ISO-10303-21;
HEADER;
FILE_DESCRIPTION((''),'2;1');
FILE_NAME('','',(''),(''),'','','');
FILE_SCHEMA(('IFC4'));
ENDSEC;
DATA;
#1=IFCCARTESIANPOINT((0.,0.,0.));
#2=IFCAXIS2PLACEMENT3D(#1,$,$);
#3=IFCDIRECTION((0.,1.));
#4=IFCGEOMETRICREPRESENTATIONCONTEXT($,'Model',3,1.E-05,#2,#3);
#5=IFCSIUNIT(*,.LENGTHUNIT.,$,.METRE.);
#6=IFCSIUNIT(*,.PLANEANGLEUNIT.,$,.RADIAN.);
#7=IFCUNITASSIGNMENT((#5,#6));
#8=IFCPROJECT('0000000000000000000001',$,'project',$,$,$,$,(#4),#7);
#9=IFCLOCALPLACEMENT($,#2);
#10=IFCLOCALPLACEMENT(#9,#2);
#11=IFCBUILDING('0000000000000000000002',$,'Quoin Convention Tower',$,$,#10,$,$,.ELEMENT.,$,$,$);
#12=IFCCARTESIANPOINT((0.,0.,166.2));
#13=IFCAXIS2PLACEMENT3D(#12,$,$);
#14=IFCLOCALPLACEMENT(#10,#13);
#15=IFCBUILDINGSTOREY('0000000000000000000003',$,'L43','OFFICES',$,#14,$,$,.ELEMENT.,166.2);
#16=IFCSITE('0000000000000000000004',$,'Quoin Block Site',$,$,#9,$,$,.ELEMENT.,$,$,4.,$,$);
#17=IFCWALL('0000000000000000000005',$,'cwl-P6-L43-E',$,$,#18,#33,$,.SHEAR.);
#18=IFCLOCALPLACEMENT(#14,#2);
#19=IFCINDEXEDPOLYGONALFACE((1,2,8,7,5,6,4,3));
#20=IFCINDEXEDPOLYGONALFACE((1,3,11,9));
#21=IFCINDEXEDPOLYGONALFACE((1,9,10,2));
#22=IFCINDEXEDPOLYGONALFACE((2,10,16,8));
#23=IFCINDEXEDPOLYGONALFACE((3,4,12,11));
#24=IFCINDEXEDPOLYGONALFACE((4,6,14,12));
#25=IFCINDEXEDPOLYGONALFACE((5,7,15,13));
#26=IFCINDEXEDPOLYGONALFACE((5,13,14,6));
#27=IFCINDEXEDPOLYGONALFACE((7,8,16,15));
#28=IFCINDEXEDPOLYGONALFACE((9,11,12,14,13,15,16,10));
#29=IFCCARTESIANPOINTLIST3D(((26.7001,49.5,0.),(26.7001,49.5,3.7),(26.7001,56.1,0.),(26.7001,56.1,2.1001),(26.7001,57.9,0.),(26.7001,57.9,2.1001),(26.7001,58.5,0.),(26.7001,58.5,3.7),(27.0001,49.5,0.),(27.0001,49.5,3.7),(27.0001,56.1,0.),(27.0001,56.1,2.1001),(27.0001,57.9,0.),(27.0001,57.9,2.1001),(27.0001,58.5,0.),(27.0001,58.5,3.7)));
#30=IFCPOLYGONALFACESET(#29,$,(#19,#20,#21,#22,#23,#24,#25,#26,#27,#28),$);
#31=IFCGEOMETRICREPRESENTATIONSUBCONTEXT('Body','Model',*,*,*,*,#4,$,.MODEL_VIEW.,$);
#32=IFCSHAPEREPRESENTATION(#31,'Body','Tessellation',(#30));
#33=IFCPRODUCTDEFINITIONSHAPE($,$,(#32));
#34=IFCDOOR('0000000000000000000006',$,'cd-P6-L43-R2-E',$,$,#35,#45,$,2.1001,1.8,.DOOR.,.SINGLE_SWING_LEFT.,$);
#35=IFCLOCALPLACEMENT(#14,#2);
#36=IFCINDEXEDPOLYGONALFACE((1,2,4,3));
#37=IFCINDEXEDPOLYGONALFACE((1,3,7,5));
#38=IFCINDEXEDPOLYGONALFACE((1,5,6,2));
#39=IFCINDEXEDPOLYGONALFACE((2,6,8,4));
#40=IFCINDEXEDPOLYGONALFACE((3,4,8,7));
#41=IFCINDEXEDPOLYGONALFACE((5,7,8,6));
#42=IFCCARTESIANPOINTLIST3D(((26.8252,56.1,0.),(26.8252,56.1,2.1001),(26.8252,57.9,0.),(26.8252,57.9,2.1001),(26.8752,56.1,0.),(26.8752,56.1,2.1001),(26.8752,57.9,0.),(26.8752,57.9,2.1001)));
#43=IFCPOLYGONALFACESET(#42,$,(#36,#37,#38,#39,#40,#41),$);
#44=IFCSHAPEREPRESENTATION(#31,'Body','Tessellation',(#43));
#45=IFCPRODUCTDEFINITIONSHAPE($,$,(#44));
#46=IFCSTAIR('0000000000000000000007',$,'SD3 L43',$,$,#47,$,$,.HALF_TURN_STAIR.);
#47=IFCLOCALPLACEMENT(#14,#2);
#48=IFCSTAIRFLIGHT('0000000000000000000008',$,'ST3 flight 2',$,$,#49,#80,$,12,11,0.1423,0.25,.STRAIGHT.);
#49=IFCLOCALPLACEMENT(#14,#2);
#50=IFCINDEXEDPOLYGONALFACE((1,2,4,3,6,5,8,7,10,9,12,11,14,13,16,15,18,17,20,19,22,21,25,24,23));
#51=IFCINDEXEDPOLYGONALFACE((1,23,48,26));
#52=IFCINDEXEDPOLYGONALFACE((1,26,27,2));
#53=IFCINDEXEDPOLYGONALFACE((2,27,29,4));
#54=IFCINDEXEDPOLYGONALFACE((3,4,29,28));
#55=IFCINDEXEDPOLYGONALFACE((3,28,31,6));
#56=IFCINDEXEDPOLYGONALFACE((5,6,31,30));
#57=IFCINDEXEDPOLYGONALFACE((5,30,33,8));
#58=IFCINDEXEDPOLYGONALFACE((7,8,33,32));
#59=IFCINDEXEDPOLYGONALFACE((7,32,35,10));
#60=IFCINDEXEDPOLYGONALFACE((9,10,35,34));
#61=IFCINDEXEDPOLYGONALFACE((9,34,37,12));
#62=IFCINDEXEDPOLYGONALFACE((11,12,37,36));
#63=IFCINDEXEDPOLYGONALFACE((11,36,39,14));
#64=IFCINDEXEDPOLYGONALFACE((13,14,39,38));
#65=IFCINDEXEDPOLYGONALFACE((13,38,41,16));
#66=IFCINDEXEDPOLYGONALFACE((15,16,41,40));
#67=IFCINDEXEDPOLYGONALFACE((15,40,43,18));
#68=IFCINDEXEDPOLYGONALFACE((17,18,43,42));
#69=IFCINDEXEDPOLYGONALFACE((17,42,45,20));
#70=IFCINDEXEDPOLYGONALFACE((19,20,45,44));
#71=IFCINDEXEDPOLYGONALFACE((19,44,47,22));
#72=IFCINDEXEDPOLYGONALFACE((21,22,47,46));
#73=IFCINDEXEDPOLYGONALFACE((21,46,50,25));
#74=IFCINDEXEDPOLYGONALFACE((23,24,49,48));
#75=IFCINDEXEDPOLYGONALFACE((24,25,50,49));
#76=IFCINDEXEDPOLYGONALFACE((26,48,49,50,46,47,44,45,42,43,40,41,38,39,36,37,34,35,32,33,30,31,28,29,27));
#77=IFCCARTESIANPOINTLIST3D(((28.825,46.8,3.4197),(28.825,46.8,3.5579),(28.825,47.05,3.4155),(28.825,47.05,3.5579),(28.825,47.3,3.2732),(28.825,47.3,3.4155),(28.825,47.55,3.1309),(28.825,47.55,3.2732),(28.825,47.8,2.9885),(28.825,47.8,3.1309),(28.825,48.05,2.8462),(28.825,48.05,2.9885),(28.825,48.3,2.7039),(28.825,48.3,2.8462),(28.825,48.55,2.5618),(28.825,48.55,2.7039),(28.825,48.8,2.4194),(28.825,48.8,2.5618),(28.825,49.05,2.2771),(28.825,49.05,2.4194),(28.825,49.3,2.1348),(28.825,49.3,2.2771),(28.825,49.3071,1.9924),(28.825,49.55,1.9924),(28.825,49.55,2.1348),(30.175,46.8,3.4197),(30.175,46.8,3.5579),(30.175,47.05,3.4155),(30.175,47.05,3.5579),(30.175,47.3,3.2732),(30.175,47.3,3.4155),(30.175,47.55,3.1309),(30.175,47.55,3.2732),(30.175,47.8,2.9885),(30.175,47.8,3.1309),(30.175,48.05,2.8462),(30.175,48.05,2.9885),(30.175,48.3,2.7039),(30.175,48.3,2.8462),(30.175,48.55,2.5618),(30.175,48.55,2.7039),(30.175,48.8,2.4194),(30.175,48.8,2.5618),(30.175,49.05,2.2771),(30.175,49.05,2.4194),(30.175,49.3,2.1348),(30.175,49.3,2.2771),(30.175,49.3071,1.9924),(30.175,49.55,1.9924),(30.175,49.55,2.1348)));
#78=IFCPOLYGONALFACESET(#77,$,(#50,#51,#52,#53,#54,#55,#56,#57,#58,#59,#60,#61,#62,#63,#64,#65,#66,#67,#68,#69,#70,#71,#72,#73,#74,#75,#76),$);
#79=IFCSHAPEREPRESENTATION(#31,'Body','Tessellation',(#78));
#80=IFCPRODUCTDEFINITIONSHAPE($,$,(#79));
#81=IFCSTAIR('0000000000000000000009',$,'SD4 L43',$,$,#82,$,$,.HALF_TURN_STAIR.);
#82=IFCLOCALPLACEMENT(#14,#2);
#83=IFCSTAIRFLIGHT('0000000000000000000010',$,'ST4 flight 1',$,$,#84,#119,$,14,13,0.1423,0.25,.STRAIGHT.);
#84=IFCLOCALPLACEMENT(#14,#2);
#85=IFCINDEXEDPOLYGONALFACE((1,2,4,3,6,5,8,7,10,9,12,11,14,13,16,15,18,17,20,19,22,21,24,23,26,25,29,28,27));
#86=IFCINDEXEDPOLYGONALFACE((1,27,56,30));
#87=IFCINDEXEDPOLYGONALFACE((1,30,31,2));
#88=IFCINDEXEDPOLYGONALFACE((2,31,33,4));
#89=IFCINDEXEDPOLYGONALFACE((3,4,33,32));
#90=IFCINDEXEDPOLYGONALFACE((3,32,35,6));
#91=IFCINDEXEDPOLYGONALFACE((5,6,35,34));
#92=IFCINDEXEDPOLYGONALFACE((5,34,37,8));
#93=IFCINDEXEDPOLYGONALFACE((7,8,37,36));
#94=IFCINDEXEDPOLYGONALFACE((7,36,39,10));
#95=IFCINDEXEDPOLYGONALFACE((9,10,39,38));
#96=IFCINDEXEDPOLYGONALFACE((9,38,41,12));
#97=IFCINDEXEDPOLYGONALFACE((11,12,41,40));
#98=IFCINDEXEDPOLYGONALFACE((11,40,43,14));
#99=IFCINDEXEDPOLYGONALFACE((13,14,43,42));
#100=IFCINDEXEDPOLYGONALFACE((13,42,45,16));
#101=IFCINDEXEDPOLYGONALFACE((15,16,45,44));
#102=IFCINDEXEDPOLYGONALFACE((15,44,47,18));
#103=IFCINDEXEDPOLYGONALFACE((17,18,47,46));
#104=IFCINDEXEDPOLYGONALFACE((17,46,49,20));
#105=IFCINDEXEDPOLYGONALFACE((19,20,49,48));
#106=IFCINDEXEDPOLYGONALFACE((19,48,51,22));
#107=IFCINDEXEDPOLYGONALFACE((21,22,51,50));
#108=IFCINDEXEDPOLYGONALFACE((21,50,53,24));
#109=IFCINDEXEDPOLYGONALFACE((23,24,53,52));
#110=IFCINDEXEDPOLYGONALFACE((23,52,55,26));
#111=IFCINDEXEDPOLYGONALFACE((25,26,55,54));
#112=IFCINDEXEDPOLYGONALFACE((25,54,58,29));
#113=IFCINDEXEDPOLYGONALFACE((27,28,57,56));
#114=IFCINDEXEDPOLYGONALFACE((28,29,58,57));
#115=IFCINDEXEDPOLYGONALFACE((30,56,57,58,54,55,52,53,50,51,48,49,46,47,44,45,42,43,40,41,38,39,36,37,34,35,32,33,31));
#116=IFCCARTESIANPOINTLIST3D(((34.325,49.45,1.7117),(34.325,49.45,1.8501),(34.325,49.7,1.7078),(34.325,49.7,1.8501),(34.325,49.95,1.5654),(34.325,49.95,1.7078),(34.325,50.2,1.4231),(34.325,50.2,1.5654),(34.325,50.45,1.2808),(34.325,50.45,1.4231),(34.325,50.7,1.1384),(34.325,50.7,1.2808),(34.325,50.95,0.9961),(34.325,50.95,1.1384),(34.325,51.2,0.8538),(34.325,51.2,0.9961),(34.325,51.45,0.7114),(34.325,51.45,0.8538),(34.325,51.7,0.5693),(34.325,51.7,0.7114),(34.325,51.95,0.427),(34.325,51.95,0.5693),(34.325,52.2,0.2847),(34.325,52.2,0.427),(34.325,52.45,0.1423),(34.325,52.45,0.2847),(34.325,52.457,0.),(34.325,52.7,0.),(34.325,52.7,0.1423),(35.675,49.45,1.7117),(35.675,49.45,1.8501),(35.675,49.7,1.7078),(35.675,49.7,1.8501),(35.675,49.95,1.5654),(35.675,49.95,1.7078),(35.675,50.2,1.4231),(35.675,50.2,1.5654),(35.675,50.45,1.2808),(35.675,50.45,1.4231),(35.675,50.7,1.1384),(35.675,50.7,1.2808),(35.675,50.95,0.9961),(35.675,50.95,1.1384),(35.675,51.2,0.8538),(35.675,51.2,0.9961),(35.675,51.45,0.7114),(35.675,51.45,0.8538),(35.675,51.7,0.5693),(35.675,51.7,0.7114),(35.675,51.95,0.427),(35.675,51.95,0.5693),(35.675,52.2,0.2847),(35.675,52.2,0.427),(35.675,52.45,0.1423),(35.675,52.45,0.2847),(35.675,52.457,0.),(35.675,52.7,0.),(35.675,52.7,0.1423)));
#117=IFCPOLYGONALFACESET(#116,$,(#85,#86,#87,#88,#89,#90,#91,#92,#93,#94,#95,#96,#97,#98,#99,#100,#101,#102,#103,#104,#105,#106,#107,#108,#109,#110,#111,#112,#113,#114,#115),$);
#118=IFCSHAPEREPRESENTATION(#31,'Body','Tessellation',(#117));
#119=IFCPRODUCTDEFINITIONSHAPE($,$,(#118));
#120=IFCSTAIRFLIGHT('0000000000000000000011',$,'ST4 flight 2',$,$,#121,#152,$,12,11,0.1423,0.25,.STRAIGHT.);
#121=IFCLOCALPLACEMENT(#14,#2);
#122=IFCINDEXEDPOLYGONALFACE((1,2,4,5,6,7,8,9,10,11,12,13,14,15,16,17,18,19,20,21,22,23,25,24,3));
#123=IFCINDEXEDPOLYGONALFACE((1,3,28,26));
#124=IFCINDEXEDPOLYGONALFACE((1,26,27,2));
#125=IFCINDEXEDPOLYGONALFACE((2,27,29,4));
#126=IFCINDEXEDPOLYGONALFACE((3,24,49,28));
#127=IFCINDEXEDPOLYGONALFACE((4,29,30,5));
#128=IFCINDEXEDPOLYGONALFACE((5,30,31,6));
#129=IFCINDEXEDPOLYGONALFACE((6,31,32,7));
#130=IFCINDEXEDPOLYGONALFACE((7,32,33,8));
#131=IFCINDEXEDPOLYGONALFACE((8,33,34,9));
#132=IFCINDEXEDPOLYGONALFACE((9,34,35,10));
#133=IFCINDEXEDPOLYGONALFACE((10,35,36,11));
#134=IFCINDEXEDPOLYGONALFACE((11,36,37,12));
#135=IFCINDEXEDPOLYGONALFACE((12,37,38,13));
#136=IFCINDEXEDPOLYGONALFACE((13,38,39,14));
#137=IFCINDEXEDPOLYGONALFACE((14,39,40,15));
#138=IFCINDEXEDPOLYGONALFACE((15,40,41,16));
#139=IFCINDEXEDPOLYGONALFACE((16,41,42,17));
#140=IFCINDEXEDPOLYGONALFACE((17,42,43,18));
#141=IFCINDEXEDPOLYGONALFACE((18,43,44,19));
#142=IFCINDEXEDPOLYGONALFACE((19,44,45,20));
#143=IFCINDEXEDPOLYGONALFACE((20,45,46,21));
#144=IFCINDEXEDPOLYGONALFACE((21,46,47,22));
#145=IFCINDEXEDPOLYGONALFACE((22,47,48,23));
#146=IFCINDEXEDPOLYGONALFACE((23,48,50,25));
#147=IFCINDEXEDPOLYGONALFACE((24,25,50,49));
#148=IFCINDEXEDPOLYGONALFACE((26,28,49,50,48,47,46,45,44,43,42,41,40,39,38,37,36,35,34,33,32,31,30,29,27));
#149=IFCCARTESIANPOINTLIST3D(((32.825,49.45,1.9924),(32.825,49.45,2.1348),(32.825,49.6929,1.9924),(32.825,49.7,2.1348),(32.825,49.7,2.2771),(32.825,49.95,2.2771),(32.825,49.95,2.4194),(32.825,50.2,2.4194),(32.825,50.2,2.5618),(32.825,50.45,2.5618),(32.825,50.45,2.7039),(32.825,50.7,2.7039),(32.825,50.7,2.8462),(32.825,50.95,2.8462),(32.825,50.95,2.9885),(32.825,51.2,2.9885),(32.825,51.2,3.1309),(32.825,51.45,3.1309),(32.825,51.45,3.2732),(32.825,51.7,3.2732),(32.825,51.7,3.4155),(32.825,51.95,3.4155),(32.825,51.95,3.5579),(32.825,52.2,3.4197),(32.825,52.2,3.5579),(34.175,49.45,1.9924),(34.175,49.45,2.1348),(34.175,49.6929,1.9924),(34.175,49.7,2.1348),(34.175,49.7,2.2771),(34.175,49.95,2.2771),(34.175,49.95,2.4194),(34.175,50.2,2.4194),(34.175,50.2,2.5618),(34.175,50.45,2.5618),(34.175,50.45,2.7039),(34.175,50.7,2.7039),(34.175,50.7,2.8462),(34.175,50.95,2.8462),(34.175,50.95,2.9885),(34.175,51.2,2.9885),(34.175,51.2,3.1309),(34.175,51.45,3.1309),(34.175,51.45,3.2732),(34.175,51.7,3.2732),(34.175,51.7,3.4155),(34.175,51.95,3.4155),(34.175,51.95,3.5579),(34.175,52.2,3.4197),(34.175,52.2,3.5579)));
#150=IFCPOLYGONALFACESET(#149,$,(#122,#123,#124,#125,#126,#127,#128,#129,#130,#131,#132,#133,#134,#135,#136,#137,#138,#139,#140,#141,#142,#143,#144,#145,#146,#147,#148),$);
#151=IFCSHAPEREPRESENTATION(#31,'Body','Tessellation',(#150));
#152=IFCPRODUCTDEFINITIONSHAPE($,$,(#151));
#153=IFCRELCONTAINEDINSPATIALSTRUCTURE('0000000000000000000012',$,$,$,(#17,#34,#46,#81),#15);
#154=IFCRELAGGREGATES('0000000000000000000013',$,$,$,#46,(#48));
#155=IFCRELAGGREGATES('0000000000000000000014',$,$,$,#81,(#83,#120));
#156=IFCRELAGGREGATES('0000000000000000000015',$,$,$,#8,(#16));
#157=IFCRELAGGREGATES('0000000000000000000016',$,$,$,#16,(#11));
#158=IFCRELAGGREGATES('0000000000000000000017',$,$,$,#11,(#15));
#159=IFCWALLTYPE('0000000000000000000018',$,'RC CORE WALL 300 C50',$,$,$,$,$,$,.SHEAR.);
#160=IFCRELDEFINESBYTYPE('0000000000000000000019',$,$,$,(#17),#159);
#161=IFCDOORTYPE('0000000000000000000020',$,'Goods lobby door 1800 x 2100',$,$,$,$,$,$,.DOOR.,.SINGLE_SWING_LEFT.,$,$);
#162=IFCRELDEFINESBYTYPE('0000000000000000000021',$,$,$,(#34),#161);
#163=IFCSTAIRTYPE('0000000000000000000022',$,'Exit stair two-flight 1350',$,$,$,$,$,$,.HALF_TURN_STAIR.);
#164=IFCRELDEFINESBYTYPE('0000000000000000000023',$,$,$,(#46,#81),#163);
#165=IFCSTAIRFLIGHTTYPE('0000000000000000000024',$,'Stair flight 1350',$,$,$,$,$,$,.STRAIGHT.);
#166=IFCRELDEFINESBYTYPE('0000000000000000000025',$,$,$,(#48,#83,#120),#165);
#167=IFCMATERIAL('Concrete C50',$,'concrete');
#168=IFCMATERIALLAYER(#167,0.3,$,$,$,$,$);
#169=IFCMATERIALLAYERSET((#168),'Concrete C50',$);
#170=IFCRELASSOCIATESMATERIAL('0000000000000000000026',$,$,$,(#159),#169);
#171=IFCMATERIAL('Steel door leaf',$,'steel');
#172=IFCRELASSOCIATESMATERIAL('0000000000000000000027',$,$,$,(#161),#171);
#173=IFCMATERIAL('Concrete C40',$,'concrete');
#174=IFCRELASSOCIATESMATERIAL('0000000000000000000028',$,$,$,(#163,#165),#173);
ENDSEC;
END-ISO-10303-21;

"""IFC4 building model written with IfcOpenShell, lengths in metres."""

from ifc_helpers import new_model, si_unit, direction, frame, frame_2d, origin, place, context, subcontext, project, spatial, polyline, rectangle, outline, extrude, material, layer, layer_set, type_object, element, fill, aggregate, save


model = new_model("IFC4")

# Units and contexts
model_context = context("Model", 3, precision=1e-05, world=origin(), true_north=direction((0.0, 1.0)))
body_context = subcontext(model_context, "Body", "Model", "MODEL_VIEW")
ifc_project = project(units=[si_unit("LENGTHUNIT", "METRE"), si_unit("PLANEANGLEUNIT", "RADIAN")], contexts=[model_context])

# Site, building, storey
site_placement = place(None, origin())
site = spatial("IfcSite", under=ifc_project, at=site_placement, Name="Quoin Block Site", CompositionType="ELEMENT", RefElevation=4.0)
building_placement = place(site_placement, origin())
building = spatial("IfcBuilding", under=site, at=building_placement, Name="Quoin Convention Tower", CompositionType="ELEMENT")
storey_placement = place(building_placement, frame((0.0, 0.0, 166.2)))
storey = spatial("IfcBuildingStorey", under=building, at=storey_placement, Name="L43", Description="OFFICES", CompositionType="ELEMENT", Elevation=166.2)

# Shared definitions
ifc_material_1 = material(Name="Concrete C50", Category="concrete")

# Wall, opening, door
ifc_layer_1 = layer(ifc_material_1, 0.3)
ifc_layer_set_1 = layer_set([ifc_layer_1], Name="Concrete C50")
wall_type_1 = type_object("IfcWallType", Name="RC CORE WALL 300 C50", PredefinedType="SHEAR", material=ifc_layer_set_1)
ifc_material_2 = material(Name="Steel door leaf", Category="steel")
wall_1_placement = place(storey_placement, frame((26.8501, 49.5, 0.0), z_axis=(0.0, 0.0, 1.0), x_axis=(0.0, 1.0, 0.0)))
wall_1 = element("IfcWall", 1, at=wall_1_placement, inside=storey, type_object=wall_type_1, Name="cwl-P6-L43-E", PredefinedType="SHEAR", context=body_context, shape_type="SweptSolid", body=[
    extrude(rectangle(XDim=9.0, YDim=0.3, at=frame_2d((4.5, 0.0))), origin(), (0.0, 0.0, 1.0), 3.7),
])
opening_1_placement = place(wall_1_placement, frame((6.6001, 0.0, 0.0)))
opening_1 = element("IfcOpeningElement", 2, at=opening_1_placement, cuts=wall_1, PredefinedType="OPENING", context=body_context, shape_type="SweptSolid", body=[
    extrude(rectangle(XDim=1.8, YDim=2.1001, at=frame_2d((0.8999, 1.05))), frame((0.0, 0.1599, 0.0), z_axis=(0.0, -1.0, 0.0), x_axis=(1.0, 0.0, 0.0)), (0.0, 0.0, 1.0), 0.3201),
])
door_type_1 = type_object("IfcDoorType", Name="Goods lobby door 1800 x 2100", OperationType="SINGLE_SWING_LEFT", PredefinedType="DOOR", material=ifc_material_2)
door_1_placement = place(opening_1_placement, origin())
door_1 = element("IfcDoor", 3, at=door_1_placement, inside=storey, type_object=door_type_1, Name="cd-P6-L43-R2-E", OperationType="SINGLE_SWING_LEFT", OverallHeight=2.1001, OverallWidth=1.8, PredefinedType="DOOR", context=body_context, shape_type="SweptSolid", body=[
    extrude(rectangle(XDim=1.8, YDim=2.1001, at=frame_2d((0.8999, 1.05))), frame((0.0, 0.0249, 0.0), z_axis=(0.0, -1.0, 0.0), x_axis=(1.0, 0.0, 0.0)), (0.0, 0.0, 1.0), 0.05),
])
fill(opening_1, door_1)

# Stair, stair flight
ifc_material_3 = material(Name="Concrete C40", Category="concrete")
stair_type = type_object("IfcStairType", Name="Exit stair two-flight 1350", PredefinedType="HALF_TURN_STAIR", material=ifc_material_3)
stair_1_placement = place(storey_placement, origin())
stair_1 = element("IfcStair", 4, at=stair_1_placement, inside=storey, type_object=stair_type, Name="SD3 L43", PredefinedType="HALF_TURN_STAIR")
stair_flight_type = type_object("IfcStairFlightType", Name="Stair flight 1350", PredefinedType="STRAIGHT", material=ifc_material_3)
stair_flight_1_placement = place(storey_placement, frame((29.5, 49.55, 1.9924), z_axis=(0.0, 0.0, 1.0), x_axis=(0.0, -1.0, 0.0)))
stair_flight_1 = element("IfcStairFlight", 5, at=stair_flight_1_placement, type_object=stair_flight_type, Name="ST3 flight 2", NumberOfRisers=12, NumberOfTreads=11, PredefinedType="STRAIGHT", RiserHeight=0.1423, TreadLength=0.25, context=body_context, shape_type="SweptSolid", body=[
    extrude(outline(polyline([(0.0, 0.0), (0.0, 0.1423), (0.25, 0.1423), (0.25, 0.2847), (0.5, 0.2847), (0.5, 0.427), (0.75, 0.427), (0.75, 0.5693), (1.0, 0.5693), (1.0, 0.7114), (1.25, 0.7114), (1.25, 0.8538), (1.5, 0.8538), (1.5, 0.9961), (1.75, 0.9961), (1.75, 1.1384), (2.0, 1.1384), (2.0, 1.2808), (2.25, 1.2808), (2.25, 1.4231), (2.5, 1.4231), (2.5, 1.5654), (2.75, 1.5654), (2.75, 1.7078), (2.75, 1.4272), (0.2429, 0.0), (0.0, 0.0)])), frame((0.0, 0.675, 0.0), z_axis=(0.0, -1.0, 0.0), x_axis=(1.0, 0.0, 0.0)), (0.0, 0.0, 1.0), 1.3501),
])
aggregate(stair_1, [stair_flight_1])

# Stair, stair flights
stair_2_placement = place(storey_placement, origin())
stair_2 = element("IfcStair", 6, at=stair_2_placement, inside=storey, type_object=stair_type, Name="SD4 L43", PredefinedType="HALF_TURN_STAIR")
stair_flight_2_placement = place(storey_placement, frame((35.0, 52.7, 0.0), z_axis=(0.0, 0.0, 1.0), x_axis=(0.0, -1.0, 0.0)))
stair_flight_2 = element("IfcStairFlight", 7, at=stair_flight_2_placement, type_object=stair_flight_type, Name="ST4 flight 1", NumberOfRisers=14, NumberOfTreads=13, PredefinedType="STRAIGHT", RiserHeight=0.1423, TreadLength=0.25, context=body_context, shape_type="SweptSolid", body=[
    extrude(outline(polyline([(0.0, 0.0), (0.0, 0.1423), (0.25, 0.1423), (0.25, 0.2847), (0.5, 0.2847), (0.5, 0.427), (0.75, 0.427), (0.75, 0.5693), (1.0, 0.5693), (1.0, 0.7114), (1.25, 0.7114), (1.25, 0.8538), (1.5, 0.8538), (1.5, 0.9961), (1.75, 0.9961), (1.75, 1.1384), (2.0, 1.1384), (2.0, 1.2808), (2.25, 1.2808), (2.25, 1.4231), (2.5, 1.4231), (2.5, 1.5654), (2.75, 1.5654), (2.75, 1.7078), (3.0, 1.7078), (3.0, 1.8501), (3.25, 1.8501), (3.25, 1.9922), (3.25, 1.7117), (0.2429, 0.0), (0.0, 0.0)])), frame((0.0, 0.675, 0.0), z_axis=(0.0, -1.0, 0.0), x_axis=(1.0, 0.0, 0.0)), (0.0, 0.0, 1.0), 1.3501),
])
stair_flight_3_placement = place(storey_placement, frame((33.5, 49.45, 1.9924), z_axis=(0.0, 0.0, 1.0), x_axis=(0.0, 1.0, 0.0)))
stair_flight_3 = element("IfcStairFlight", 8, at=stair_flight_3_placement, type_object=stair_flight_type, Name="ST4 flight 2", NumberOfRisers=12, NumberOfTreads=11, PredefinedType="STRAIGHT", RiserHeight=0.1423, TreadLength=0.25, context=body_context, shape_type="SweptSolid", body=[
    extrude(outline(polyline([(0.0, 0.0), (0.0, 0.1423), (0.25, 0.1423), (0.25, 0.2847), (0.5, 0.2847), (0.5, 0.427), (0.75, 0.427), (0.75, 0.5693), (1.0, 0.5693), (1.0, 0.7114), (1.25, 0.7114), (1.25, 0.8538), (1.5, 0.8538), (1.5, 0.9961), (1.75, 0.9961), (1.75, 1.1384), (2.0, 1.1384), (2.0, 1.2808), (2.25, 1.2808), (2.25, 1.4231), (2.5, 1.4231), (2.5, 1.5654), (2.75, 1.5654), (2.75, 1.7078), (2.75, 1.4272), (0.2429, 0.0), (0.0, 0.0)])), frame((0.0, 0.675, 0.0), z_axis=(0.0, -1.0, 0.0), x_axis=(1.0, 0.0, 0.0)), (0.0, 0.0, 1.0), 1.3501),
])
aggregate(stair_2, [stair_flight_2, stair_flight_3])

save(model, "model.ifc")
